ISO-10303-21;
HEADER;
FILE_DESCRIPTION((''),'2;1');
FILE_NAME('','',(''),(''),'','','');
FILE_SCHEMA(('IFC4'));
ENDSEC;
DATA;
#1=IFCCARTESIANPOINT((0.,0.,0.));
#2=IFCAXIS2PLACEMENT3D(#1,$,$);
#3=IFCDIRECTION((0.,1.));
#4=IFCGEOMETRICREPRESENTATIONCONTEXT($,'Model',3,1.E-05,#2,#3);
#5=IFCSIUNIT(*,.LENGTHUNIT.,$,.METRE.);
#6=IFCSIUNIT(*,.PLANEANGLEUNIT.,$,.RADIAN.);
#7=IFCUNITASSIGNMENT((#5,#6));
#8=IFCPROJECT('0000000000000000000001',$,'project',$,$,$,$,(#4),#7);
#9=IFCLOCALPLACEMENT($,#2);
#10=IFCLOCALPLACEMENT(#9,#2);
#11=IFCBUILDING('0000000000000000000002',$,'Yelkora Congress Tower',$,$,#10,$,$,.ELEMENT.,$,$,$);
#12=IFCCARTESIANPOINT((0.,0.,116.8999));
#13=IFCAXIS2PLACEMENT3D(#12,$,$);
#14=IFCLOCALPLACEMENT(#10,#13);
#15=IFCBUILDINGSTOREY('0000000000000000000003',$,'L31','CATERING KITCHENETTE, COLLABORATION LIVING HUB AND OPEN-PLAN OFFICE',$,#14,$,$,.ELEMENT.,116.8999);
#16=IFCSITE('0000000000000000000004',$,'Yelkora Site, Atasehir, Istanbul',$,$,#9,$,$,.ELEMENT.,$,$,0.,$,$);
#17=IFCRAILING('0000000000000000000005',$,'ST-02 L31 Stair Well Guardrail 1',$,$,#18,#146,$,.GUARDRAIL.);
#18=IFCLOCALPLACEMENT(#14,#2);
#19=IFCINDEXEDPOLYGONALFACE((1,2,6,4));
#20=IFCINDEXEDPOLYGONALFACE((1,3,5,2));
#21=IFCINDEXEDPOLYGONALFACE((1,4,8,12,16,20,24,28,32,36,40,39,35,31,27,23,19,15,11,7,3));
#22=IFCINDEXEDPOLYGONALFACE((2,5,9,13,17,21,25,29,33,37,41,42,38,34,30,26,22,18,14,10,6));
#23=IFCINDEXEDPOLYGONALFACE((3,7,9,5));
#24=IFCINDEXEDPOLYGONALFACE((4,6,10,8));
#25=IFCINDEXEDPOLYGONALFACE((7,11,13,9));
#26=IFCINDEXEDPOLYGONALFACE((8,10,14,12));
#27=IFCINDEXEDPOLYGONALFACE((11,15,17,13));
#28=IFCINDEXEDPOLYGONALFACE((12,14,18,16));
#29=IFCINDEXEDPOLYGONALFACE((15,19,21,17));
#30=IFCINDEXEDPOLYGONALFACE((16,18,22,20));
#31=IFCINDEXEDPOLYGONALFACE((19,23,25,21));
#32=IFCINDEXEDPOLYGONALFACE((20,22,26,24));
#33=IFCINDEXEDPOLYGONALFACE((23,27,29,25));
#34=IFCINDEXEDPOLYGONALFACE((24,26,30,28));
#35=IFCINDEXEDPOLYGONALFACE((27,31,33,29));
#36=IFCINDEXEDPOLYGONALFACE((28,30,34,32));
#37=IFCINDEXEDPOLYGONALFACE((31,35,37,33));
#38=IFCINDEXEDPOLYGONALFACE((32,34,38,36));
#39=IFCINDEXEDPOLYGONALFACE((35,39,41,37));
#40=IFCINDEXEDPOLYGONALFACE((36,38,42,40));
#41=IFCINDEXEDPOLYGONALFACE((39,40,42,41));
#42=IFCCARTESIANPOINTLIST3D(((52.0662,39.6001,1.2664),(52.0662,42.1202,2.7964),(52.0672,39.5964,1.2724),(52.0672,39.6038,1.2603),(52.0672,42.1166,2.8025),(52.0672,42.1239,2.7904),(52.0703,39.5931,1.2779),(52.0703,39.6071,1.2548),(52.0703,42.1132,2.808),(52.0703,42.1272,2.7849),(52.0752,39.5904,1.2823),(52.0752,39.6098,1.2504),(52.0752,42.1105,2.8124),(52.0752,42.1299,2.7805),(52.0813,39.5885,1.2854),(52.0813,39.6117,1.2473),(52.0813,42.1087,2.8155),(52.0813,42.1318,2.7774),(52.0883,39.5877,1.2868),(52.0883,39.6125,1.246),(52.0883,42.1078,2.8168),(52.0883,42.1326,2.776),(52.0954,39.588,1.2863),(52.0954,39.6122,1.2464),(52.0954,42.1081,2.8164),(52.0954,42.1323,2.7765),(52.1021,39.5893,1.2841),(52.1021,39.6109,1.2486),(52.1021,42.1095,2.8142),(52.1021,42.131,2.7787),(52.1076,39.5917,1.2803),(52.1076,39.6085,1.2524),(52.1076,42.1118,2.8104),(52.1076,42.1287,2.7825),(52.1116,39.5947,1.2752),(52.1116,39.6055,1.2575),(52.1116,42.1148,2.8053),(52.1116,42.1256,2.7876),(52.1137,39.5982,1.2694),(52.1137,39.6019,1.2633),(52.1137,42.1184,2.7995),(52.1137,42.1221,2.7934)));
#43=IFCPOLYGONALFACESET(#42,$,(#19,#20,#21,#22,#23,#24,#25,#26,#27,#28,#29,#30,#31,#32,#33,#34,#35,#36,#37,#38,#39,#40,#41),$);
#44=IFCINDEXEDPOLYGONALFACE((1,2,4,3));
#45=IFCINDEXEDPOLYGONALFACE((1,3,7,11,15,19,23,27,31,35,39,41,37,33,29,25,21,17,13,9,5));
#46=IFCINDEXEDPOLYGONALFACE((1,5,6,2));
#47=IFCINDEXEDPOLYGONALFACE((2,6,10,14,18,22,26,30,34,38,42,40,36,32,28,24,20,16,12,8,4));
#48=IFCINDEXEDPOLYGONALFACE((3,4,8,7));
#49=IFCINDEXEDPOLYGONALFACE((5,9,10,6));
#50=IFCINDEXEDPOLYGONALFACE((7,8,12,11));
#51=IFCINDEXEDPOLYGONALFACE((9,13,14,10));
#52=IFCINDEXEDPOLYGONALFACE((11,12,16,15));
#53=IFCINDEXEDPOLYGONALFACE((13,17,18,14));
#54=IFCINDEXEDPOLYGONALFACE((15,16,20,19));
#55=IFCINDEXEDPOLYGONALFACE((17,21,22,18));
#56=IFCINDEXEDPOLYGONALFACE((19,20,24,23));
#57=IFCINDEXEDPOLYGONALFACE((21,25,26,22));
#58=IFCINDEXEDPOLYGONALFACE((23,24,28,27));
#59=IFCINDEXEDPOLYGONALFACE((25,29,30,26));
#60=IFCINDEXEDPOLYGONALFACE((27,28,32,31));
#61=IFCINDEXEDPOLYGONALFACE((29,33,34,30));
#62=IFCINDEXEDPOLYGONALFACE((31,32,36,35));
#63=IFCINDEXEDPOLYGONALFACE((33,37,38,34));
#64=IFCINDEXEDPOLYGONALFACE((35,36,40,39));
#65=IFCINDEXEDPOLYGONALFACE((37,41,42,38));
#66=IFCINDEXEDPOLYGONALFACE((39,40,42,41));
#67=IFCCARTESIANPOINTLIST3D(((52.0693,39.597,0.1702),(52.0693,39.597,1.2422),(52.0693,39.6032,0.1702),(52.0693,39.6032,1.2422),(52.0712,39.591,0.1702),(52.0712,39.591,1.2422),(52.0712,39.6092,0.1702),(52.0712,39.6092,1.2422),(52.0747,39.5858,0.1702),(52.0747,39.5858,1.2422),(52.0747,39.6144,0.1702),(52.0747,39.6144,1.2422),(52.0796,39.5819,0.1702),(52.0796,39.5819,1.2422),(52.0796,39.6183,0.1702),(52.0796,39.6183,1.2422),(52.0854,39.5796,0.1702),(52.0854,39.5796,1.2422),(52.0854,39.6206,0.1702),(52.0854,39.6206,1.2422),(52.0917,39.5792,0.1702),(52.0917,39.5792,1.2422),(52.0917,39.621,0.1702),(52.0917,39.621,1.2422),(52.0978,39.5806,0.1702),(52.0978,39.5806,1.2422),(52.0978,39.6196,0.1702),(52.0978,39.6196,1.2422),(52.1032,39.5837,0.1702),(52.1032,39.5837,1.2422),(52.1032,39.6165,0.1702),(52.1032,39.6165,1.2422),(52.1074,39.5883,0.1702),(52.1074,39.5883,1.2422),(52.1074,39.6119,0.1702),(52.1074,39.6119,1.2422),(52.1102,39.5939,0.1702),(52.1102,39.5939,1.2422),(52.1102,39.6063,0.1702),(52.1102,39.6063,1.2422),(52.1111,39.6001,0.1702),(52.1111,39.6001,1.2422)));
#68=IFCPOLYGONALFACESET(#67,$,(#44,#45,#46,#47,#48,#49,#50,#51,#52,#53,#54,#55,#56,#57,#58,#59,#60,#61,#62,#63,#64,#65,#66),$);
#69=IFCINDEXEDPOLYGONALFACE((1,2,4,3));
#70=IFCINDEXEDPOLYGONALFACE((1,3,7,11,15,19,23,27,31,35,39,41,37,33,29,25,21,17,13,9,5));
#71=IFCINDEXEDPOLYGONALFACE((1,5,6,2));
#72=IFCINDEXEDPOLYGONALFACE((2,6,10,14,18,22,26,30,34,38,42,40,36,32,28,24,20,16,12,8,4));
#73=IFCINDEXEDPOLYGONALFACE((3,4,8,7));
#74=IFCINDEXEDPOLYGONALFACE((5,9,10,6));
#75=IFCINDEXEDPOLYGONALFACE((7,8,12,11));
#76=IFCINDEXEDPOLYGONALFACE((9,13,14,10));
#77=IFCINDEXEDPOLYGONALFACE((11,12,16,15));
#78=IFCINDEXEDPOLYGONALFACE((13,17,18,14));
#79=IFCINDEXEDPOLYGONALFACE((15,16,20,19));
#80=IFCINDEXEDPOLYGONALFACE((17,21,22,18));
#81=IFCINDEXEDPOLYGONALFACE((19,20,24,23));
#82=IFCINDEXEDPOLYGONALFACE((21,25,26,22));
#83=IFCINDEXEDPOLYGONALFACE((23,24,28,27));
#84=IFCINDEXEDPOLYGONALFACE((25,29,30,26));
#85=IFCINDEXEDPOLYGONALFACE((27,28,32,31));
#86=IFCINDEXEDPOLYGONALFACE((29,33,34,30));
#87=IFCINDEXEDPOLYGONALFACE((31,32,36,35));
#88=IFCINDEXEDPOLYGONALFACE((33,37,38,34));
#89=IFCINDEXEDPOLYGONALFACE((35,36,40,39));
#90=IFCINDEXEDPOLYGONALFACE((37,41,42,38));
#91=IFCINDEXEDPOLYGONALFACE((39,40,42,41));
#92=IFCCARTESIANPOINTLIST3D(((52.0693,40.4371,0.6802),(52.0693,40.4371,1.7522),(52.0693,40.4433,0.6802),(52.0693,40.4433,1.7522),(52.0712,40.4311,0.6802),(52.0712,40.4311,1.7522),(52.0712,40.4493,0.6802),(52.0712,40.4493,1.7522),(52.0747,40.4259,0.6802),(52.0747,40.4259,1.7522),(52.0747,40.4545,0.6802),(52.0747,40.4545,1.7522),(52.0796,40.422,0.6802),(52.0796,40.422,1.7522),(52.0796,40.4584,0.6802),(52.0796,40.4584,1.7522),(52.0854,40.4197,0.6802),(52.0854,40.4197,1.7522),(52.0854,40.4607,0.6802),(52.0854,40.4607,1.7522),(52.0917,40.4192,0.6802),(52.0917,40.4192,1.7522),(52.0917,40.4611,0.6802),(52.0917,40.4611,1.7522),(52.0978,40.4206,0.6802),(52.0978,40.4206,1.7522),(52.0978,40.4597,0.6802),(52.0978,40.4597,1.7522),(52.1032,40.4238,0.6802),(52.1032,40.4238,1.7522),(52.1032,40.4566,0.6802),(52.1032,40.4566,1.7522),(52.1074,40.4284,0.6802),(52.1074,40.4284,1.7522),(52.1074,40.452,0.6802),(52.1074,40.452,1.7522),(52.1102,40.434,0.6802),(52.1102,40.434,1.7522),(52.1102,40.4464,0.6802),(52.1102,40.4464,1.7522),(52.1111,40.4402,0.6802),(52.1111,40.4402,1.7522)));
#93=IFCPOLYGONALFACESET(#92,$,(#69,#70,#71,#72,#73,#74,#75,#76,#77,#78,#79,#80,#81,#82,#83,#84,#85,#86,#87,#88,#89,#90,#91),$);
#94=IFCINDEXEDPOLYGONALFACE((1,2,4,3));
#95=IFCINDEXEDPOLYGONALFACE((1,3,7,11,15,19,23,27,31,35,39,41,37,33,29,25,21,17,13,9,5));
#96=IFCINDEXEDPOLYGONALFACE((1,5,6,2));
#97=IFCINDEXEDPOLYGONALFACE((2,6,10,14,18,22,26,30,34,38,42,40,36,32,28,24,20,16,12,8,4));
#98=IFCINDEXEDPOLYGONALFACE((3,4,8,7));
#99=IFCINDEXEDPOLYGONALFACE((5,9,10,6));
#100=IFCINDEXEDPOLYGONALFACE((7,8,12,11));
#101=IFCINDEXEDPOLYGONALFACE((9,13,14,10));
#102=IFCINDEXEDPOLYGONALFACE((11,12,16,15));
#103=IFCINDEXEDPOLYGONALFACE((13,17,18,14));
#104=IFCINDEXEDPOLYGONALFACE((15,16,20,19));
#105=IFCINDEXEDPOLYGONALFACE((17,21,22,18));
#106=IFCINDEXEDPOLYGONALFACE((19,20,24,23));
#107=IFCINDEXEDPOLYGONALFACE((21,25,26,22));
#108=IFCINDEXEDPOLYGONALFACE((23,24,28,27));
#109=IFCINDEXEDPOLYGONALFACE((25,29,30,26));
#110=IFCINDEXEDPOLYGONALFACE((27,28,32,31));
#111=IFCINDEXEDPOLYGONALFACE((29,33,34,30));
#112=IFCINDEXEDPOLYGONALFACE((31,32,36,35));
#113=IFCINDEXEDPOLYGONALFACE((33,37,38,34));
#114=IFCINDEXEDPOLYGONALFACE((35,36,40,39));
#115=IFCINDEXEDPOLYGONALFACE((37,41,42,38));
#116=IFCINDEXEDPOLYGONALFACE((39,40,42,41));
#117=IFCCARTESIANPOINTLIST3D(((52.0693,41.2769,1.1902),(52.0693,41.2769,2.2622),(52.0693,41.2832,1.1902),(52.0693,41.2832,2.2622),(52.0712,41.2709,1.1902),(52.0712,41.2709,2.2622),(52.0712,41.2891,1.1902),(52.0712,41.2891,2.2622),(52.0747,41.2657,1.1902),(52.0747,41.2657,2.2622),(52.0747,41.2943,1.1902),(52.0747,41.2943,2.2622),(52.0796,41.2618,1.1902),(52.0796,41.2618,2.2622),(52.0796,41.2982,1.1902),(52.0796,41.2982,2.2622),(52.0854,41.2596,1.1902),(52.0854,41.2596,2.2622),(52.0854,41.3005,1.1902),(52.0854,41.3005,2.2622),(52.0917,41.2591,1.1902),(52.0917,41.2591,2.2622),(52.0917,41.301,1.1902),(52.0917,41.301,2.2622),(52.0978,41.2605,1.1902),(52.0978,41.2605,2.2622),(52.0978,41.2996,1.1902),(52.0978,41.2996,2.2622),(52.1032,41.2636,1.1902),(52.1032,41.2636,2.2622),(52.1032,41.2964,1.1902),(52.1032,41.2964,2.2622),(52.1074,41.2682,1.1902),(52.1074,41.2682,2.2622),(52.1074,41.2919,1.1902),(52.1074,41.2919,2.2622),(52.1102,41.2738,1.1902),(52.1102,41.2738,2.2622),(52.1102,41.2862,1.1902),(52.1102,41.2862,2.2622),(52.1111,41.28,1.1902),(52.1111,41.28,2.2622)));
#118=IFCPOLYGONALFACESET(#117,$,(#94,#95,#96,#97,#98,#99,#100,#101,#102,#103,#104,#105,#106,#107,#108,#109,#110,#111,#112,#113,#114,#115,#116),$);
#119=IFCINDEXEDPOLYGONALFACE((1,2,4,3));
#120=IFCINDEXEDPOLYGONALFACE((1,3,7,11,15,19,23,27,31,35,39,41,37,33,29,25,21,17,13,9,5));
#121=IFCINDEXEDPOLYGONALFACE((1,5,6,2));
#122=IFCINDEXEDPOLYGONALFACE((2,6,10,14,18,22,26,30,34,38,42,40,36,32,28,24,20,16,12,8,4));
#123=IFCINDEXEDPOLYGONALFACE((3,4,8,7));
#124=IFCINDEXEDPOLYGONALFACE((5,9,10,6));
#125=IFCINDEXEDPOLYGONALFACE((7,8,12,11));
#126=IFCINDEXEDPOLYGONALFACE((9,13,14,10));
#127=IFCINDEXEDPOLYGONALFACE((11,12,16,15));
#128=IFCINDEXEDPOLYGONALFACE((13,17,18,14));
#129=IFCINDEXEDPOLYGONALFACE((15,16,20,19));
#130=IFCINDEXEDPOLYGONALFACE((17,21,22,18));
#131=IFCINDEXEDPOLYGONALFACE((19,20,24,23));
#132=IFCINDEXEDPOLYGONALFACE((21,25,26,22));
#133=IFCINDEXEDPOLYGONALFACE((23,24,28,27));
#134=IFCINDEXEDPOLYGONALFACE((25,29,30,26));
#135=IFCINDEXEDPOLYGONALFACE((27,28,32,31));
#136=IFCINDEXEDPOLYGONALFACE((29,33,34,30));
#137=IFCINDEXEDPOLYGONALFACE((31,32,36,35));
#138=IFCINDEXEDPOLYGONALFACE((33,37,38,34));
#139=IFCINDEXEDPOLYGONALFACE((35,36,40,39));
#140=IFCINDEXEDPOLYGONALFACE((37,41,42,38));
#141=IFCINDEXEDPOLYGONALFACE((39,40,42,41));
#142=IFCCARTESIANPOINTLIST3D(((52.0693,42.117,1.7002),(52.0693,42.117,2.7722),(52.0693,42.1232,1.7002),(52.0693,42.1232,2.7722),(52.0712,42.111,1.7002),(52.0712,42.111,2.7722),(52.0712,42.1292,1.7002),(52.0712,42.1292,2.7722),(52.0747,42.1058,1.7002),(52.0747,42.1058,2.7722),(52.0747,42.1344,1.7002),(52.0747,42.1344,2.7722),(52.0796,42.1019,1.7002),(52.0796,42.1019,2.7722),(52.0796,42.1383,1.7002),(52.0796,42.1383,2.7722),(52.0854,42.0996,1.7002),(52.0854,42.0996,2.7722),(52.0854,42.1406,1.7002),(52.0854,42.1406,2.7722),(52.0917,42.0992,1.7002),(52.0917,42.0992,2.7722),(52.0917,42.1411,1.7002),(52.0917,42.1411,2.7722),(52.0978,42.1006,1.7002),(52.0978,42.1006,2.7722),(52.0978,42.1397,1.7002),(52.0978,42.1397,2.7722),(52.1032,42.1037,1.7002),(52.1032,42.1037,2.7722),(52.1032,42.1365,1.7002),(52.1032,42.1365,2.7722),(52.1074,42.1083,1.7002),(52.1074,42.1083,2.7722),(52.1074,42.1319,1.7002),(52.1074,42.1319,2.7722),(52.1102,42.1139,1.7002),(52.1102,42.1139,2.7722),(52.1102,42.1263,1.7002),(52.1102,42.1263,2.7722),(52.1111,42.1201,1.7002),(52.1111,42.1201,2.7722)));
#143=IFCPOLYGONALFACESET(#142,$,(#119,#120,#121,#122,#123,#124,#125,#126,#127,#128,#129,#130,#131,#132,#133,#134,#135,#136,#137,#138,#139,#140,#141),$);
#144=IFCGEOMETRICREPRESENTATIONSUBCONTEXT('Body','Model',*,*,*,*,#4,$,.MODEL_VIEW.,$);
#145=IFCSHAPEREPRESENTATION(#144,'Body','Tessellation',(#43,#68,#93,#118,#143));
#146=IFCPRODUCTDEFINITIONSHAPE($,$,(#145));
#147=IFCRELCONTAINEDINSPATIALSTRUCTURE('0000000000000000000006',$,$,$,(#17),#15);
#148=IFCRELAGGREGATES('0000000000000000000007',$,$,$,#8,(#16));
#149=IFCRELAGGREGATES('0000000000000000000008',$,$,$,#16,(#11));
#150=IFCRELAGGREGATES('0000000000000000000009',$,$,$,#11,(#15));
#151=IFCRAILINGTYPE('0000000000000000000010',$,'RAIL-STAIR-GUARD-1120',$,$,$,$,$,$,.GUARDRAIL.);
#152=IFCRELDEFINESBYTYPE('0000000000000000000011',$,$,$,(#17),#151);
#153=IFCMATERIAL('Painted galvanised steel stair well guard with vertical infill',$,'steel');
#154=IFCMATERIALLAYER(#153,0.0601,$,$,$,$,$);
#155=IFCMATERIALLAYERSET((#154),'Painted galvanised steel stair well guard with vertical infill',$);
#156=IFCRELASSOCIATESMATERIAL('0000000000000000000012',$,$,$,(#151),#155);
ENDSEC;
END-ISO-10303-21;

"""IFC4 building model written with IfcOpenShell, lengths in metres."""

from ifc_helpers import new_model, si_unit, direction, frame, origin, origin_2d, place, context, subcontext, project, spatial, circle, extrude, material, layer, layer_set, type_object, element, save


model = new_model("IFC4")

# Units and contexts
model_context = context("Model", 3, precision=1e-05, world=origin(), true_north=direction((0.0, 1.0)))
body_context = subcontext(model_context, "Body", "Model", "MODEL_VIEW")
ifc_project = project(units=[si_unit("LENGTHUNIT", "METRE"), si_unit("PLANEANGLEUNIT", "RADIAN")], contexts=[model_context])

# Site, building, storey
site_placement = place(None, origin())
site = spatial("IfcSite", under=ifc_project, at=site_placement, Name="Yelkora Site, Atasehir, Istanbul", CompositionType="ELEMENT", RefElevation=0.0)
building_placement = place(site_placement, origin())
building = spatial("IfcBuilding", under=site, at=building_placement, Name="Yelkora Congress Tower", CompositionType="ELEMENT")
storey_placement = place(building_placement, frame((0.0, 0.0, 116.8999)))
storey = spatial("IfcBuildingStorey", under=building, at=storey_placement, Name="L31", Description="CATERING KITCHENETTE, COLLABORATION LIVING HUB AND OPEN-PLAN OFFICE", CompositionType="ELEMENT", Elevation=116.8999)

# Railing
ifc_material_1 = material(Name="Painted galvanised steel stair well guard with vertical infill", Category="steel")
ifc_layer_1 = layer(ifc_material_1, 0.0601)
ifc_layer_set_1 = layer_set([ifc_layer_1], Name="Painted galvanised steel stair well guard with vertical infill")
railing_type_1 = type_object("IfcRailingType", Name="RAIL-STAIR-GUARD-1120", PredefinedType="GUARDRAIL", material=ifc_layer_set_1)
railing_1_placement = place(storey_placement, frame((52.0901, 39.6001, 0.1702)))
element("IfcRailing", 1, at=railing_1_placement, inside=storey, type_object=railing_type_1, Name="ST-02 L31 Stair Well Guardrail 1", PredefinedType="GUARDRAIL", context=body_context, shape_type="SweptSolid", body=[
    extrude(circle(Radius=0.0239, at=origin_2d()), frame((0.0, 0.0, 1.0962), z_axis=(0.0, 0.854785, 0.518982), x_axis=(-1.0, 0.0, 0.0)), (0.0, 0.0, 1.0), 2.9482),
    extrude(circle(Radius=0.021, at=origin_2d()), origin(), (0.0, 0.0, 1.0), 1.072),
    extrude(circle(Radius=0.021, at=origin_2d()), frame((0.0, 0.8401, 0.51)), (0.0, 0.0, 1.0), 1.072),
    extrude(circle(Radius=0.021, at=origin_2d()), frame((0.0, 1.6799, 1.02)), (0.0, 0.0, 1.0), 1.072),
    extrude(circle(Radius=0.021, at=origin_2d()), frame((0.0, 2.52, 1.53)), (0.0, 0.0, 1.0), 1.072),
])

save(model, "model.ifc")
